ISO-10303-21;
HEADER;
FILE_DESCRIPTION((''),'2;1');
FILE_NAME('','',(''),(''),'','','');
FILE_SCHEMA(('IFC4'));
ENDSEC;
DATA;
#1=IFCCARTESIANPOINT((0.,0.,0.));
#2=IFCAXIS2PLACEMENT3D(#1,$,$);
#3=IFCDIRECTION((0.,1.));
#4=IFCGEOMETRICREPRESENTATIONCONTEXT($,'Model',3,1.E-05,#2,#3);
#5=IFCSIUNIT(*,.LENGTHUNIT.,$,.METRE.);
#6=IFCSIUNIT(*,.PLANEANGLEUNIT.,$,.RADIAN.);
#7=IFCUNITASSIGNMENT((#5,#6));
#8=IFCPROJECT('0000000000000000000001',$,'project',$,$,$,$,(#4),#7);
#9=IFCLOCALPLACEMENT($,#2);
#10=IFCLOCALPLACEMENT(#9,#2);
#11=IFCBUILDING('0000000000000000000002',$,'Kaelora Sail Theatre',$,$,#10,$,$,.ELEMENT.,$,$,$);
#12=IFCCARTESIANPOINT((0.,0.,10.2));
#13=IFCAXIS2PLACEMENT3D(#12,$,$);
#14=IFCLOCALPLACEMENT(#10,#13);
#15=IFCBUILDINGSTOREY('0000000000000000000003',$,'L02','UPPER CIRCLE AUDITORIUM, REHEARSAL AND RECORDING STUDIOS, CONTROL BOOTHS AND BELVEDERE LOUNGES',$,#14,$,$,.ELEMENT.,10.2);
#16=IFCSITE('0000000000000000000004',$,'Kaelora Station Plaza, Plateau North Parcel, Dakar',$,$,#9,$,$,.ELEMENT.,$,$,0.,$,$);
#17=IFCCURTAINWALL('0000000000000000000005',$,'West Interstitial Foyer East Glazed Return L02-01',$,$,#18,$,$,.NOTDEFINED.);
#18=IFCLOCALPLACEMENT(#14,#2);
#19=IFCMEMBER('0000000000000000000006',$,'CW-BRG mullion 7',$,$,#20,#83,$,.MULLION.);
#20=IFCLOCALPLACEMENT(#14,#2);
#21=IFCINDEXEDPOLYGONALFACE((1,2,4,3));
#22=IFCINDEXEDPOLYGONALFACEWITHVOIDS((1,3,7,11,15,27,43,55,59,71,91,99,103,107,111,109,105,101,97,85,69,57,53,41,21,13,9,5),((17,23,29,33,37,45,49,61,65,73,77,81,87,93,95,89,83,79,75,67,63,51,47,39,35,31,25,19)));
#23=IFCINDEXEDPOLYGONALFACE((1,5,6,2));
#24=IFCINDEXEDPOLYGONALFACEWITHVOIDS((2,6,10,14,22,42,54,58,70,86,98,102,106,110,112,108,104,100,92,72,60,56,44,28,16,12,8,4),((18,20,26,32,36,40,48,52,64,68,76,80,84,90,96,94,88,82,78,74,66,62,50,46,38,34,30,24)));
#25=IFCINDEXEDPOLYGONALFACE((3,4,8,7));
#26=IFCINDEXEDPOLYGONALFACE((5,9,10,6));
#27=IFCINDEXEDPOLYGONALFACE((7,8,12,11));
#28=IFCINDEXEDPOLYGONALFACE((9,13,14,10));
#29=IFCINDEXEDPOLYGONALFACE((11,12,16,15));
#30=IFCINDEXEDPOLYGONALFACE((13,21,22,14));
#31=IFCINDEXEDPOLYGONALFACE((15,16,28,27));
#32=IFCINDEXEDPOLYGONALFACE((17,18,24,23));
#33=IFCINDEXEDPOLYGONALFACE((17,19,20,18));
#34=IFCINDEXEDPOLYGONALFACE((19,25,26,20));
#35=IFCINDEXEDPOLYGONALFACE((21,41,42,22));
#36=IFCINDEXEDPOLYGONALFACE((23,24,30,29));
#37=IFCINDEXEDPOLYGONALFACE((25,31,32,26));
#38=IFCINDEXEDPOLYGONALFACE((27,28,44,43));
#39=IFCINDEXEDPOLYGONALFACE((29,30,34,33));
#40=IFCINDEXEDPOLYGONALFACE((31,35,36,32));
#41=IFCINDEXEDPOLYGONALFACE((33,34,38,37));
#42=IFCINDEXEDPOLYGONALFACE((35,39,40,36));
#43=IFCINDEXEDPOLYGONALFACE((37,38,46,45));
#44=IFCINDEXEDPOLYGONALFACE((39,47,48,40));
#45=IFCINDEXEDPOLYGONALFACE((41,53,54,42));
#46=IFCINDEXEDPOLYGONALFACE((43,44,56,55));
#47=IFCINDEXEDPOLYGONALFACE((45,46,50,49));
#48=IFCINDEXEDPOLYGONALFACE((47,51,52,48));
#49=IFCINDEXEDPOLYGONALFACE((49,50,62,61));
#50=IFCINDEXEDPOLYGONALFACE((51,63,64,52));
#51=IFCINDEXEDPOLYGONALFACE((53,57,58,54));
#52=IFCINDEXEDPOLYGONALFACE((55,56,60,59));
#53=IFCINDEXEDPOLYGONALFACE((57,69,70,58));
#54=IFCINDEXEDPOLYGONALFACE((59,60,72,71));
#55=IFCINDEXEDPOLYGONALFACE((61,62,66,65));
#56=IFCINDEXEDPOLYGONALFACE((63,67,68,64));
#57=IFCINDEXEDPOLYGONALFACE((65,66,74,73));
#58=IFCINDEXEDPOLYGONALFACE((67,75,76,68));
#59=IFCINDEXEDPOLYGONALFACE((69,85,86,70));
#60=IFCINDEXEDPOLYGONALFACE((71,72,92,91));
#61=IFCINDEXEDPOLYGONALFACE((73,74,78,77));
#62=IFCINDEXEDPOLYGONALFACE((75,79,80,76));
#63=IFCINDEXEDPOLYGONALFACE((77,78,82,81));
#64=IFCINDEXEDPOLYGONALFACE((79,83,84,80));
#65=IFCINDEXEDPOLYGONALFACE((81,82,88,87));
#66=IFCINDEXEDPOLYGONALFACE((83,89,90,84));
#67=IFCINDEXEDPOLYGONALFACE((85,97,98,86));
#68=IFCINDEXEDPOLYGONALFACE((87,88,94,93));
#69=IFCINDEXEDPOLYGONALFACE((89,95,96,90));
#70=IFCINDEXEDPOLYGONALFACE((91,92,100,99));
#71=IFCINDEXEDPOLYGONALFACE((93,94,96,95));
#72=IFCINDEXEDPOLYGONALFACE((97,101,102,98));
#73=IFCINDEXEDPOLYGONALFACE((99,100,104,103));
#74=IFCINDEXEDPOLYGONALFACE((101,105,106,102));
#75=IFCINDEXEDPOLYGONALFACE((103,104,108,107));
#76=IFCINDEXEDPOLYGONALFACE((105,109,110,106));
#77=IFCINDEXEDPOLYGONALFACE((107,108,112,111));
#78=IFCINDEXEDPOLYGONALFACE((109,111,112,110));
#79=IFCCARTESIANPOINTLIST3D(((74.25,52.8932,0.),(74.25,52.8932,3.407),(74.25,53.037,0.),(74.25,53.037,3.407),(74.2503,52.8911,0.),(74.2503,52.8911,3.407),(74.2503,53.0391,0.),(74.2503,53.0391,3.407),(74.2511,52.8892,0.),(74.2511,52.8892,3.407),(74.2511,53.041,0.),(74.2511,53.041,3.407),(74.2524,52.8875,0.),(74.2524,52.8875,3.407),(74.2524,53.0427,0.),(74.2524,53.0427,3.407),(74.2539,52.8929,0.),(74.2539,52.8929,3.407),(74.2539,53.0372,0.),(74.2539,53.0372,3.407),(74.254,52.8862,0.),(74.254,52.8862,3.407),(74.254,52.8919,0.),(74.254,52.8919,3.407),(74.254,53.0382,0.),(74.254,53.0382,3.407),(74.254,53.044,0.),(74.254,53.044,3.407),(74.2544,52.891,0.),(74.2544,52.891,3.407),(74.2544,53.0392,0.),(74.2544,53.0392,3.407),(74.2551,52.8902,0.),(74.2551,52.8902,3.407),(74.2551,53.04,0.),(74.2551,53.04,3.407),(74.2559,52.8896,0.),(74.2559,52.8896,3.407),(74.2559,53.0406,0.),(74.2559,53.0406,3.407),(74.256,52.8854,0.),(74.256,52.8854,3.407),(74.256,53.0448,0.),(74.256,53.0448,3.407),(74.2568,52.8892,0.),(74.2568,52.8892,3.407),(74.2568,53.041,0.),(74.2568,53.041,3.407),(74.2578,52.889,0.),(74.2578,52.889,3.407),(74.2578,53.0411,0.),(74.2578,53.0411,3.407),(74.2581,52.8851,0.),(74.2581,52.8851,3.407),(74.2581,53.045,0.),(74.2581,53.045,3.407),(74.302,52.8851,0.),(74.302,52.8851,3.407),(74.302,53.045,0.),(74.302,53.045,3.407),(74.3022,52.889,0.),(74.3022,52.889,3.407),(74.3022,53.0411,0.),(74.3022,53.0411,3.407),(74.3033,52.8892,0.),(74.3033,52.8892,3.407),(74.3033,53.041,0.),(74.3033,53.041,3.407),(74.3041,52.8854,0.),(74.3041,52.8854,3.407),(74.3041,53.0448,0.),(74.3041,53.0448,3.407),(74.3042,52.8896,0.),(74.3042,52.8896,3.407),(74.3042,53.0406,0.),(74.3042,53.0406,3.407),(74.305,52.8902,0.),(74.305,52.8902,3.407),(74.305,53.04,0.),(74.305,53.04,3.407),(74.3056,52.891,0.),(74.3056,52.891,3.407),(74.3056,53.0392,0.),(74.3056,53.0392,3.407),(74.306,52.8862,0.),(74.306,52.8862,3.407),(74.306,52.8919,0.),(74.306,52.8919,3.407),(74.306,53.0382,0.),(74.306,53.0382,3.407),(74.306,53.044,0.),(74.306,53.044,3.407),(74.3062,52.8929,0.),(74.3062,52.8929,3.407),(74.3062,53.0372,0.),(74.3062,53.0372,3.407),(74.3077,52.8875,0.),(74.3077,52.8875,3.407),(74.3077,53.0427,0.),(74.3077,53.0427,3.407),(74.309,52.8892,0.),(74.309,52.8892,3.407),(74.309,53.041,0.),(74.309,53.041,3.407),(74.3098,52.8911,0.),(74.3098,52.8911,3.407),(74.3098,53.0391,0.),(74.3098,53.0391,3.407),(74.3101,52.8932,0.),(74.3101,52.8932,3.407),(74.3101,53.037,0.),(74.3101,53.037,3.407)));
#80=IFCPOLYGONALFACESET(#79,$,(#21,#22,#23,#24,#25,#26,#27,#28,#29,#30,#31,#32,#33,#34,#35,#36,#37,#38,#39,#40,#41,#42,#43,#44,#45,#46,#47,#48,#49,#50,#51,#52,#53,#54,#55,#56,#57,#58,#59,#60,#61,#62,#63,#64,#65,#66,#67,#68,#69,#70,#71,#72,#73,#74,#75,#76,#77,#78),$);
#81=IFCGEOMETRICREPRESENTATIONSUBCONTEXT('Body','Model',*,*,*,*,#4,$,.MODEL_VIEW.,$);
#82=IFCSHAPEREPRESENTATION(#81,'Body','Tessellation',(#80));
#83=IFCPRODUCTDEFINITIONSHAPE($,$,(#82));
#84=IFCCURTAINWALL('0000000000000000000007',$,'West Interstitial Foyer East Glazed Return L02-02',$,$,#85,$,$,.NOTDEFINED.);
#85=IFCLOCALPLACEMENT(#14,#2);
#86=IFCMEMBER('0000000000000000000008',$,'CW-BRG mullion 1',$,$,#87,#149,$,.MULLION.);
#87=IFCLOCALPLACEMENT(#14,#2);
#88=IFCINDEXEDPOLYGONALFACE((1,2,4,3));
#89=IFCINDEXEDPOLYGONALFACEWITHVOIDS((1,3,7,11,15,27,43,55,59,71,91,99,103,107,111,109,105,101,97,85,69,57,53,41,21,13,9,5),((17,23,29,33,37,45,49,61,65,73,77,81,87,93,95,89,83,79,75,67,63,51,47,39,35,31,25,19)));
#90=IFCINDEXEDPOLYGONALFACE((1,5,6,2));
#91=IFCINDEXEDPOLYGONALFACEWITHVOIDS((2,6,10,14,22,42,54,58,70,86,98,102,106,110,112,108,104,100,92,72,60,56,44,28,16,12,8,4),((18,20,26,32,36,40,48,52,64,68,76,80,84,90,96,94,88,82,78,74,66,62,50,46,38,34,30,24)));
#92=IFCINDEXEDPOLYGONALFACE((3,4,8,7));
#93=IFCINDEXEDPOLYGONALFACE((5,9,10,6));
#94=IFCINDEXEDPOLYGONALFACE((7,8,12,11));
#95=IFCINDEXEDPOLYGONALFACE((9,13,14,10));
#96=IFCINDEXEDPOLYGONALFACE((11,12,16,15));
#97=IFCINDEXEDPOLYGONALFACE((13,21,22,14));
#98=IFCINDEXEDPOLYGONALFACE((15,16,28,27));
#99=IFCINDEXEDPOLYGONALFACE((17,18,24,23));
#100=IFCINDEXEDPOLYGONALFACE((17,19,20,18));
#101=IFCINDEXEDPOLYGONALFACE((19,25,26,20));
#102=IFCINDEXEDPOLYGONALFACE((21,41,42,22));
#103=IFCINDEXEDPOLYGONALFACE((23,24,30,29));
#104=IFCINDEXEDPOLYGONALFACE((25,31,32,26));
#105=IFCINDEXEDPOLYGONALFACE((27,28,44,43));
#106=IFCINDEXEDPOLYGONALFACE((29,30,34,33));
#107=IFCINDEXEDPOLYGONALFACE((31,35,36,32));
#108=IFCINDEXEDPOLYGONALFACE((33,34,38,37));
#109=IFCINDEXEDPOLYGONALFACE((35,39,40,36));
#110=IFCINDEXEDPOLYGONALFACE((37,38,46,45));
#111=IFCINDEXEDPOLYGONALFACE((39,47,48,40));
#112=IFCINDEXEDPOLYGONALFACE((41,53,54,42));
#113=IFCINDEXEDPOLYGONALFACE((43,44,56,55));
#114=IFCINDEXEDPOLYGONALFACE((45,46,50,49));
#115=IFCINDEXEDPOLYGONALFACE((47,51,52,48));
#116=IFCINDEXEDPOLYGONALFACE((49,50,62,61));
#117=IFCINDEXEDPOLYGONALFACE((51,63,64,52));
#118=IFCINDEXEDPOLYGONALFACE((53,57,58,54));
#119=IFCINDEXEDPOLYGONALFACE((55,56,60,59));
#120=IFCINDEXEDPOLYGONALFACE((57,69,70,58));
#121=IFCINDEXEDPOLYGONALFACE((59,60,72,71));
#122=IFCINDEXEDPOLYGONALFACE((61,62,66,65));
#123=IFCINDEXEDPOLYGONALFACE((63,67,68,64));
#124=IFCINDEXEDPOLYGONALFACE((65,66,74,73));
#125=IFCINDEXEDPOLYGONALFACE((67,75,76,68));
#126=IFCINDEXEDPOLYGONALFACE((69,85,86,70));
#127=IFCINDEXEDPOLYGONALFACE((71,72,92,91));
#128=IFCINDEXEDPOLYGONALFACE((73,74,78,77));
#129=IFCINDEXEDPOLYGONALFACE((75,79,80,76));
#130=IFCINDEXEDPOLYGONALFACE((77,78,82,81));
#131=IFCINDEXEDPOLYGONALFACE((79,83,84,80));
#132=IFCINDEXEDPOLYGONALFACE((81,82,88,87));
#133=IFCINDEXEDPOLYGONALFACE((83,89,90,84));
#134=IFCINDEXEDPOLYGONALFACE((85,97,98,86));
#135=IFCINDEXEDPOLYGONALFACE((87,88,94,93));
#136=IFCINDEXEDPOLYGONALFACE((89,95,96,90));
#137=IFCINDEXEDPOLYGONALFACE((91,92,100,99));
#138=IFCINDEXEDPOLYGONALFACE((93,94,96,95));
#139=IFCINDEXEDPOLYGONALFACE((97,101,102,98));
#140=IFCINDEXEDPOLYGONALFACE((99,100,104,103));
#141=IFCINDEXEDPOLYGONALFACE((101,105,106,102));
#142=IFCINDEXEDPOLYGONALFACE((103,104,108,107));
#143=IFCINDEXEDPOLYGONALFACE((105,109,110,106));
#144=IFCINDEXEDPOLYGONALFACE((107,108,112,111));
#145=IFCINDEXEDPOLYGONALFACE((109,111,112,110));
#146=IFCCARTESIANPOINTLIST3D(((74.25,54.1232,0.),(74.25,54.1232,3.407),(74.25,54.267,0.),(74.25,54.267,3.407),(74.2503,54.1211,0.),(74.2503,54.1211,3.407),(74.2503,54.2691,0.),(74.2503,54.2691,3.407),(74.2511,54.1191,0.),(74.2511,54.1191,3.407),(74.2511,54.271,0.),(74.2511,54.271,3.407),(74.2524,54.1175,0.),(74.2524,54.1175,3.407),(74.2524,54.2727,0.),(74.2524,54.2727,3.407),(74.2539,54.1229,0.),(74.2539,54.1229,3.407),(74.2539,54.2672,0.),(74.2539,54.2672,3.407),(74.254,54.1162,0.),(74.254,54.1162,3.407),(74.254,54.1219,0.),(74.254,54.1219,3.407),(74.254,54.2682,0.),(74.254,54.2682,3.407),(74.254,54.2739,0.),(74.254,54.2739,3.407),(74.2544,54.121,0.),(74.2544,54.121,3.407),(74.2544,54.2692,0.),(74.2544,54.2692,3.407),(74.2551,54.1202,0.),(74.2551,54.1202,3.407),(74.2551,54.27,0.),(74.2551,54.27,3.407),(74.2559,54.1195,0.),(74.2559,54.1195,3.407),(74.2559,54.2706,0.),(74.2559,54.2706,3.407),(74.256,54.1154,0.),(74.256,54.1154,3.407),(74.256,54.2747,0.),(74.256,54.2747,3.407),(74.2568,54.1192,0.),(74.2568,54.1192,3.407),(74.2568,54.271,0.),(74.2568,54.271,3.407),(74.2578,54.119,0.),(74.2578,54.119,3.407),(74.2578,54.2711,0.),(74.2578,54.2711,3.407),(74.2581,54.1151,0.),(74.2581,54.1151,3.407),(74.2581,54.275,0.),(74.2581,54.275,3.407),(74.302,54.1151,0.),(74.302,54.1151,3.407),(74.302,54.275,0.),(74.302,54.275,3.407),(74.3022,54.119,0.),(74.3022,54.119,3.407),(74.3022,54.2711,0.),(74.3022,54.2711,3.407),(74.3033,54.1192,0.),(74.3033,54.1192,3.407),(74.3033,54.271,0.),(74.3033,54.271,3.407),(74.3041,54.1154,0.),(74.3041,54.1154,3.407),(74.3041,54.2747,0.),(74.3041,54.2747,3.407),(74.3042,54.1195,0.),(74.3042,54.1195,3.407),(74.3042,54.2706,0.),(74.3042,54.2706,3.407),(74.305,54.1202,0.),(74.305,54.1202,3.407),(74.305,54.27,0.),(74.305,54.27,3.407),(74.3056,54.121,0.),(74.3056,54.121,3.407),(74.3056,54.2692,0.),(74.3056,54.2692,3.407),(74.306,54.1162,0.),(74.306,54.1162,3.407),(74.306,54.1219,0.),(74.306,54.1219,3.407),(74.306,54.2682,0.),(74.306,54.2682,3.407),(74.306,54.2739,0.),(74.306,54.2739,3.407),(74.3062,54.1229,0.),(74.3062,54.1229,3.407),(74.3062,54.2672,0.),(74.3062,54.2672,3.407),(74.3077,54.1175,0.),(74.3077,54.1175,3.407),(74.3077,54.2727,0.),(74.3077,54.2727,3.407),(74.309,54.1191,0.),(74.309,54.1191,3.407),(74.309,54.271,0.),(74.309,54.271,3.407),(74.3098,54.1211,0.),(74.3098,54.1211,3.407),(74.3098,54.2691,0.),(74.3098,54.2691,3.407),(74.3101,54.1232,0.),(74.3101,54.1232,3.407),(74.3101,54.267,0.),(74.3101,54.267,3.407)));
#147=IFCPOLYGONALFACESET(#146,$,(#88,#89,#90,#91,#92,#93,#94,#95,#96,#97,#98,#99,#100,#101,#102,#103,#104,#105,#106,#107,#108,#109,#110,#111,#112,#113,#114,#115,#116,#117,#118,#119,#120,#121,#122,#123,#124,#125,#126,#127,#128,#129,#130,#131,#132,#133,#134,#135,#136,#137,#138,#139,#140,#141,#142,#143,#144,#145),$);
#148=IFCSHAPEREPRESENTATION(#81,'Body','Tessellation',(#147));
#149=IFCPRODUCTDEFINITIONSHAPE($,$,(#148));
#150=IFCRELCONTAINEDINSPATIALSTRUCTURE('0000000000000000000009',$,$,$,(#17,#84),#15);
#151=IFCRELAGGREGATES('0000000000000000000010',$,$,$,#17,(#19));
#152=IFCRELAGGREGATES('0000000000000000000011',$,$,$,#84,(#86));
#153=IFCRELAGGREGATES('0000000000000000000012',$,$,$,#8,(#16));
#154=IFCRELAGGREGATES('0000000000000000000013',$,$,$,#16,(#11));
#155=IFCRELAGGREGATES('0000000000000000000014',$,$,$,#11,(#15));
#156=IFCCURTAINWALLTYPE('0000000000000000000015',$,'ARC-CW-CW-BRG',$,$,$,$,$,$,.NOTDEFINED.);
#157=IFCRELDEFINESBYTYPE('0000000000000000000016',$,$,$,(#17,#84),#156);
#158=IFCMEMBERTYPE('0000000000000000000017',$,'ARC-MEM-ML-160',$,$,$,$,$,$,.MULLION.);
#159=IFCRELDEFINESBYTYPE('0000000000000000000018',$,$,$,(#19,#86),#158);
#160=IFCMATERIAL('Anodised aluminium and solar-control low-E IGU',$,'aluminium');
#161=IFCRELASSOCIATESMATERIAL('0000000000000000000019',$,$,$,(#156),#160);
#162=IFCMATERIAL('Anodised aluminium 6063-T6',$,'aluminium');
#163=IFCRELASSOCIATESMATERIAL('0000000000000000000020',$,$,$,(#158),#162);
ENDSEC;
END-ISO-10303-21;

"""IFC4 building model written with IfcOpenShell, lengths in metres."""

from ifc_helpers import new_model, si_unit, direction, frame, origin, origin_2d, place, context, subcontext, project, spatial, hollow_rectangle, extrude, material, material_profile, profile_set, type_object, element, aggregate, save


model = new_model("IFC4")

# Units and contexts
model_context = context("Model", 3, precision=1e-05, world=origin(), true_north=direction((0.0, 1.0)))
body_context = subcontext(model_context, "Body", "Model", "MODEL_VIEW")
ifc_project = project(units=[si_unit("LENGTHUNIT", "METRE"), si_unit("PLANEANGLEUNIT", "RADIAN")], contexts=[model_context])

# Site, building, storey
site_placement = place(None, origin())
site = spatial("IfcSite", under=ifc_project, at=site_placement, Name="Kaelora Station Plaza, Plateau North Parcel, Dakar", CompositionType="ELEMENT", RefElevation=0.0)
building_placement = place(site_placement, origin())
building = spatial("IfcBuilding", under=site, at=building_placement, Name="Kaelora Sail Theatre", CompositionType="ELEMENT")
storey_placement = place(building_placement, frame((0.0, 0.0, 10.2)))
storey = spatial("IfcBuildingStorey", under=building, at=storey_placement, Name="L02", Description="UPPER CIRCLE AUDITORIUM, REHEARSAL AND RECORDING STUDIOS, CONTROL BOOTHS AND BELVEDERE LOUNGES", CompositionType="ELEMENT", Elevation=10.2)

# Curtain walls, members
ifc_material_1 = material(Name="Anodised aluminium and solar-control low-E IGU", Category="aluminium")
curtain_wall_type = type_object("IfcCurtainWallType", Name="ARC-CW-CW-BRG", PredefinedType="NOTDEFINED", material=ifc_material_1)
curtain_wall_1_placement = place(storey_placement, origin())
curtain_wall_1 = element("IfcCurtainWall", 1, at=curtain_wall_1_placement, inside=storey, type_object=curtain_wall_type, Name="West Interstitial Foyer East Glazed Return L02-01", PredefinedType="NOTDEFINED")
ifc_material_2 = material(Name="Anodised aluminium 6063-T6", Category="aluminium")
ifc_material_profile_1 = material_profile(ifc_material_2, hollow_rectangle(XDim=0.0601, YDim=0.1599, WallThickness=0.0039, InnerFilletRadius=0.0039, OuterFilletRadius=0.0081, at=origin_2d()), Name="ALU-MULL 60x160x4")
ifc_profile_set_1 = profile_set([ifc_material_profile_1], Name="Anodised aluminium 6063-T6")
member_type_1 = type_object("IfcMemberType", Name="ARC-MEM-ML-160", PredefinedType="MULLION", material=ifc_profile_set_1)
member_1_placement = place(storey_placement, frame((74.28, 52.9651, 0.0), z_axis=(0.0, 0.0, 1.0), x_axis=(-1.0, 0.0, 0.0)))
member_1 = element("IfcMember", 2, at=member_1_placement, type_object=member_type_1, Name="CW-BRG mullion 7", PredefinedType="MULLION", context=body_context, shape_type="SweptSolid", body=[
    extrude(hollow_rectangle(XDim=0.0601, YDim=0.1599, WallThickness=0.0039, InnerFilletRadius=0.0039, OuterFilletRadius=0.0081, at=origin_2d()), origin(), (0.0, 0.0, 1.0), 3.407),
])
curtain_wall_2_placement = place(storey_placement, origin())
curtain_wall_2 = element("IfcCurtainWall", 3, at=curtain_wall_2_placement, inside=storey, type_object=curtain_wall_type, Name="West Interstitial Foyer East Glazed Return L02-02", PredefinedType="NOTDEFINED")
member_2_placement = place(storey_placement, frame((74.28, 54.1951, 0.0), z_axis=(0.0, 0.0, 1.0), x_axis=(-1.0, 0.0, 0.0)))
member_2 = element("IfcMember", 4, at=member_2_placement, type_object=member_type_1, Name="CW-BRG mullion 1", PredefinedType="MULLION", context=body_context, shape_type="SweptSolid", body=[
    extrude(hollow_rectangle(XDim=0.0601, YDim=0.1599, WallThickness=0.0039, InnerFilletRadius=0.0039, OuterFilletRadius=0.0081, at=origin_2d()), origin(), (0.0, 0.0, 1.0), 3.407),
])

aggregate(curtain_wall_1, [member_1])
aggregate(curtain_wall_2, [member_2])

save(model, "model.ifc")
